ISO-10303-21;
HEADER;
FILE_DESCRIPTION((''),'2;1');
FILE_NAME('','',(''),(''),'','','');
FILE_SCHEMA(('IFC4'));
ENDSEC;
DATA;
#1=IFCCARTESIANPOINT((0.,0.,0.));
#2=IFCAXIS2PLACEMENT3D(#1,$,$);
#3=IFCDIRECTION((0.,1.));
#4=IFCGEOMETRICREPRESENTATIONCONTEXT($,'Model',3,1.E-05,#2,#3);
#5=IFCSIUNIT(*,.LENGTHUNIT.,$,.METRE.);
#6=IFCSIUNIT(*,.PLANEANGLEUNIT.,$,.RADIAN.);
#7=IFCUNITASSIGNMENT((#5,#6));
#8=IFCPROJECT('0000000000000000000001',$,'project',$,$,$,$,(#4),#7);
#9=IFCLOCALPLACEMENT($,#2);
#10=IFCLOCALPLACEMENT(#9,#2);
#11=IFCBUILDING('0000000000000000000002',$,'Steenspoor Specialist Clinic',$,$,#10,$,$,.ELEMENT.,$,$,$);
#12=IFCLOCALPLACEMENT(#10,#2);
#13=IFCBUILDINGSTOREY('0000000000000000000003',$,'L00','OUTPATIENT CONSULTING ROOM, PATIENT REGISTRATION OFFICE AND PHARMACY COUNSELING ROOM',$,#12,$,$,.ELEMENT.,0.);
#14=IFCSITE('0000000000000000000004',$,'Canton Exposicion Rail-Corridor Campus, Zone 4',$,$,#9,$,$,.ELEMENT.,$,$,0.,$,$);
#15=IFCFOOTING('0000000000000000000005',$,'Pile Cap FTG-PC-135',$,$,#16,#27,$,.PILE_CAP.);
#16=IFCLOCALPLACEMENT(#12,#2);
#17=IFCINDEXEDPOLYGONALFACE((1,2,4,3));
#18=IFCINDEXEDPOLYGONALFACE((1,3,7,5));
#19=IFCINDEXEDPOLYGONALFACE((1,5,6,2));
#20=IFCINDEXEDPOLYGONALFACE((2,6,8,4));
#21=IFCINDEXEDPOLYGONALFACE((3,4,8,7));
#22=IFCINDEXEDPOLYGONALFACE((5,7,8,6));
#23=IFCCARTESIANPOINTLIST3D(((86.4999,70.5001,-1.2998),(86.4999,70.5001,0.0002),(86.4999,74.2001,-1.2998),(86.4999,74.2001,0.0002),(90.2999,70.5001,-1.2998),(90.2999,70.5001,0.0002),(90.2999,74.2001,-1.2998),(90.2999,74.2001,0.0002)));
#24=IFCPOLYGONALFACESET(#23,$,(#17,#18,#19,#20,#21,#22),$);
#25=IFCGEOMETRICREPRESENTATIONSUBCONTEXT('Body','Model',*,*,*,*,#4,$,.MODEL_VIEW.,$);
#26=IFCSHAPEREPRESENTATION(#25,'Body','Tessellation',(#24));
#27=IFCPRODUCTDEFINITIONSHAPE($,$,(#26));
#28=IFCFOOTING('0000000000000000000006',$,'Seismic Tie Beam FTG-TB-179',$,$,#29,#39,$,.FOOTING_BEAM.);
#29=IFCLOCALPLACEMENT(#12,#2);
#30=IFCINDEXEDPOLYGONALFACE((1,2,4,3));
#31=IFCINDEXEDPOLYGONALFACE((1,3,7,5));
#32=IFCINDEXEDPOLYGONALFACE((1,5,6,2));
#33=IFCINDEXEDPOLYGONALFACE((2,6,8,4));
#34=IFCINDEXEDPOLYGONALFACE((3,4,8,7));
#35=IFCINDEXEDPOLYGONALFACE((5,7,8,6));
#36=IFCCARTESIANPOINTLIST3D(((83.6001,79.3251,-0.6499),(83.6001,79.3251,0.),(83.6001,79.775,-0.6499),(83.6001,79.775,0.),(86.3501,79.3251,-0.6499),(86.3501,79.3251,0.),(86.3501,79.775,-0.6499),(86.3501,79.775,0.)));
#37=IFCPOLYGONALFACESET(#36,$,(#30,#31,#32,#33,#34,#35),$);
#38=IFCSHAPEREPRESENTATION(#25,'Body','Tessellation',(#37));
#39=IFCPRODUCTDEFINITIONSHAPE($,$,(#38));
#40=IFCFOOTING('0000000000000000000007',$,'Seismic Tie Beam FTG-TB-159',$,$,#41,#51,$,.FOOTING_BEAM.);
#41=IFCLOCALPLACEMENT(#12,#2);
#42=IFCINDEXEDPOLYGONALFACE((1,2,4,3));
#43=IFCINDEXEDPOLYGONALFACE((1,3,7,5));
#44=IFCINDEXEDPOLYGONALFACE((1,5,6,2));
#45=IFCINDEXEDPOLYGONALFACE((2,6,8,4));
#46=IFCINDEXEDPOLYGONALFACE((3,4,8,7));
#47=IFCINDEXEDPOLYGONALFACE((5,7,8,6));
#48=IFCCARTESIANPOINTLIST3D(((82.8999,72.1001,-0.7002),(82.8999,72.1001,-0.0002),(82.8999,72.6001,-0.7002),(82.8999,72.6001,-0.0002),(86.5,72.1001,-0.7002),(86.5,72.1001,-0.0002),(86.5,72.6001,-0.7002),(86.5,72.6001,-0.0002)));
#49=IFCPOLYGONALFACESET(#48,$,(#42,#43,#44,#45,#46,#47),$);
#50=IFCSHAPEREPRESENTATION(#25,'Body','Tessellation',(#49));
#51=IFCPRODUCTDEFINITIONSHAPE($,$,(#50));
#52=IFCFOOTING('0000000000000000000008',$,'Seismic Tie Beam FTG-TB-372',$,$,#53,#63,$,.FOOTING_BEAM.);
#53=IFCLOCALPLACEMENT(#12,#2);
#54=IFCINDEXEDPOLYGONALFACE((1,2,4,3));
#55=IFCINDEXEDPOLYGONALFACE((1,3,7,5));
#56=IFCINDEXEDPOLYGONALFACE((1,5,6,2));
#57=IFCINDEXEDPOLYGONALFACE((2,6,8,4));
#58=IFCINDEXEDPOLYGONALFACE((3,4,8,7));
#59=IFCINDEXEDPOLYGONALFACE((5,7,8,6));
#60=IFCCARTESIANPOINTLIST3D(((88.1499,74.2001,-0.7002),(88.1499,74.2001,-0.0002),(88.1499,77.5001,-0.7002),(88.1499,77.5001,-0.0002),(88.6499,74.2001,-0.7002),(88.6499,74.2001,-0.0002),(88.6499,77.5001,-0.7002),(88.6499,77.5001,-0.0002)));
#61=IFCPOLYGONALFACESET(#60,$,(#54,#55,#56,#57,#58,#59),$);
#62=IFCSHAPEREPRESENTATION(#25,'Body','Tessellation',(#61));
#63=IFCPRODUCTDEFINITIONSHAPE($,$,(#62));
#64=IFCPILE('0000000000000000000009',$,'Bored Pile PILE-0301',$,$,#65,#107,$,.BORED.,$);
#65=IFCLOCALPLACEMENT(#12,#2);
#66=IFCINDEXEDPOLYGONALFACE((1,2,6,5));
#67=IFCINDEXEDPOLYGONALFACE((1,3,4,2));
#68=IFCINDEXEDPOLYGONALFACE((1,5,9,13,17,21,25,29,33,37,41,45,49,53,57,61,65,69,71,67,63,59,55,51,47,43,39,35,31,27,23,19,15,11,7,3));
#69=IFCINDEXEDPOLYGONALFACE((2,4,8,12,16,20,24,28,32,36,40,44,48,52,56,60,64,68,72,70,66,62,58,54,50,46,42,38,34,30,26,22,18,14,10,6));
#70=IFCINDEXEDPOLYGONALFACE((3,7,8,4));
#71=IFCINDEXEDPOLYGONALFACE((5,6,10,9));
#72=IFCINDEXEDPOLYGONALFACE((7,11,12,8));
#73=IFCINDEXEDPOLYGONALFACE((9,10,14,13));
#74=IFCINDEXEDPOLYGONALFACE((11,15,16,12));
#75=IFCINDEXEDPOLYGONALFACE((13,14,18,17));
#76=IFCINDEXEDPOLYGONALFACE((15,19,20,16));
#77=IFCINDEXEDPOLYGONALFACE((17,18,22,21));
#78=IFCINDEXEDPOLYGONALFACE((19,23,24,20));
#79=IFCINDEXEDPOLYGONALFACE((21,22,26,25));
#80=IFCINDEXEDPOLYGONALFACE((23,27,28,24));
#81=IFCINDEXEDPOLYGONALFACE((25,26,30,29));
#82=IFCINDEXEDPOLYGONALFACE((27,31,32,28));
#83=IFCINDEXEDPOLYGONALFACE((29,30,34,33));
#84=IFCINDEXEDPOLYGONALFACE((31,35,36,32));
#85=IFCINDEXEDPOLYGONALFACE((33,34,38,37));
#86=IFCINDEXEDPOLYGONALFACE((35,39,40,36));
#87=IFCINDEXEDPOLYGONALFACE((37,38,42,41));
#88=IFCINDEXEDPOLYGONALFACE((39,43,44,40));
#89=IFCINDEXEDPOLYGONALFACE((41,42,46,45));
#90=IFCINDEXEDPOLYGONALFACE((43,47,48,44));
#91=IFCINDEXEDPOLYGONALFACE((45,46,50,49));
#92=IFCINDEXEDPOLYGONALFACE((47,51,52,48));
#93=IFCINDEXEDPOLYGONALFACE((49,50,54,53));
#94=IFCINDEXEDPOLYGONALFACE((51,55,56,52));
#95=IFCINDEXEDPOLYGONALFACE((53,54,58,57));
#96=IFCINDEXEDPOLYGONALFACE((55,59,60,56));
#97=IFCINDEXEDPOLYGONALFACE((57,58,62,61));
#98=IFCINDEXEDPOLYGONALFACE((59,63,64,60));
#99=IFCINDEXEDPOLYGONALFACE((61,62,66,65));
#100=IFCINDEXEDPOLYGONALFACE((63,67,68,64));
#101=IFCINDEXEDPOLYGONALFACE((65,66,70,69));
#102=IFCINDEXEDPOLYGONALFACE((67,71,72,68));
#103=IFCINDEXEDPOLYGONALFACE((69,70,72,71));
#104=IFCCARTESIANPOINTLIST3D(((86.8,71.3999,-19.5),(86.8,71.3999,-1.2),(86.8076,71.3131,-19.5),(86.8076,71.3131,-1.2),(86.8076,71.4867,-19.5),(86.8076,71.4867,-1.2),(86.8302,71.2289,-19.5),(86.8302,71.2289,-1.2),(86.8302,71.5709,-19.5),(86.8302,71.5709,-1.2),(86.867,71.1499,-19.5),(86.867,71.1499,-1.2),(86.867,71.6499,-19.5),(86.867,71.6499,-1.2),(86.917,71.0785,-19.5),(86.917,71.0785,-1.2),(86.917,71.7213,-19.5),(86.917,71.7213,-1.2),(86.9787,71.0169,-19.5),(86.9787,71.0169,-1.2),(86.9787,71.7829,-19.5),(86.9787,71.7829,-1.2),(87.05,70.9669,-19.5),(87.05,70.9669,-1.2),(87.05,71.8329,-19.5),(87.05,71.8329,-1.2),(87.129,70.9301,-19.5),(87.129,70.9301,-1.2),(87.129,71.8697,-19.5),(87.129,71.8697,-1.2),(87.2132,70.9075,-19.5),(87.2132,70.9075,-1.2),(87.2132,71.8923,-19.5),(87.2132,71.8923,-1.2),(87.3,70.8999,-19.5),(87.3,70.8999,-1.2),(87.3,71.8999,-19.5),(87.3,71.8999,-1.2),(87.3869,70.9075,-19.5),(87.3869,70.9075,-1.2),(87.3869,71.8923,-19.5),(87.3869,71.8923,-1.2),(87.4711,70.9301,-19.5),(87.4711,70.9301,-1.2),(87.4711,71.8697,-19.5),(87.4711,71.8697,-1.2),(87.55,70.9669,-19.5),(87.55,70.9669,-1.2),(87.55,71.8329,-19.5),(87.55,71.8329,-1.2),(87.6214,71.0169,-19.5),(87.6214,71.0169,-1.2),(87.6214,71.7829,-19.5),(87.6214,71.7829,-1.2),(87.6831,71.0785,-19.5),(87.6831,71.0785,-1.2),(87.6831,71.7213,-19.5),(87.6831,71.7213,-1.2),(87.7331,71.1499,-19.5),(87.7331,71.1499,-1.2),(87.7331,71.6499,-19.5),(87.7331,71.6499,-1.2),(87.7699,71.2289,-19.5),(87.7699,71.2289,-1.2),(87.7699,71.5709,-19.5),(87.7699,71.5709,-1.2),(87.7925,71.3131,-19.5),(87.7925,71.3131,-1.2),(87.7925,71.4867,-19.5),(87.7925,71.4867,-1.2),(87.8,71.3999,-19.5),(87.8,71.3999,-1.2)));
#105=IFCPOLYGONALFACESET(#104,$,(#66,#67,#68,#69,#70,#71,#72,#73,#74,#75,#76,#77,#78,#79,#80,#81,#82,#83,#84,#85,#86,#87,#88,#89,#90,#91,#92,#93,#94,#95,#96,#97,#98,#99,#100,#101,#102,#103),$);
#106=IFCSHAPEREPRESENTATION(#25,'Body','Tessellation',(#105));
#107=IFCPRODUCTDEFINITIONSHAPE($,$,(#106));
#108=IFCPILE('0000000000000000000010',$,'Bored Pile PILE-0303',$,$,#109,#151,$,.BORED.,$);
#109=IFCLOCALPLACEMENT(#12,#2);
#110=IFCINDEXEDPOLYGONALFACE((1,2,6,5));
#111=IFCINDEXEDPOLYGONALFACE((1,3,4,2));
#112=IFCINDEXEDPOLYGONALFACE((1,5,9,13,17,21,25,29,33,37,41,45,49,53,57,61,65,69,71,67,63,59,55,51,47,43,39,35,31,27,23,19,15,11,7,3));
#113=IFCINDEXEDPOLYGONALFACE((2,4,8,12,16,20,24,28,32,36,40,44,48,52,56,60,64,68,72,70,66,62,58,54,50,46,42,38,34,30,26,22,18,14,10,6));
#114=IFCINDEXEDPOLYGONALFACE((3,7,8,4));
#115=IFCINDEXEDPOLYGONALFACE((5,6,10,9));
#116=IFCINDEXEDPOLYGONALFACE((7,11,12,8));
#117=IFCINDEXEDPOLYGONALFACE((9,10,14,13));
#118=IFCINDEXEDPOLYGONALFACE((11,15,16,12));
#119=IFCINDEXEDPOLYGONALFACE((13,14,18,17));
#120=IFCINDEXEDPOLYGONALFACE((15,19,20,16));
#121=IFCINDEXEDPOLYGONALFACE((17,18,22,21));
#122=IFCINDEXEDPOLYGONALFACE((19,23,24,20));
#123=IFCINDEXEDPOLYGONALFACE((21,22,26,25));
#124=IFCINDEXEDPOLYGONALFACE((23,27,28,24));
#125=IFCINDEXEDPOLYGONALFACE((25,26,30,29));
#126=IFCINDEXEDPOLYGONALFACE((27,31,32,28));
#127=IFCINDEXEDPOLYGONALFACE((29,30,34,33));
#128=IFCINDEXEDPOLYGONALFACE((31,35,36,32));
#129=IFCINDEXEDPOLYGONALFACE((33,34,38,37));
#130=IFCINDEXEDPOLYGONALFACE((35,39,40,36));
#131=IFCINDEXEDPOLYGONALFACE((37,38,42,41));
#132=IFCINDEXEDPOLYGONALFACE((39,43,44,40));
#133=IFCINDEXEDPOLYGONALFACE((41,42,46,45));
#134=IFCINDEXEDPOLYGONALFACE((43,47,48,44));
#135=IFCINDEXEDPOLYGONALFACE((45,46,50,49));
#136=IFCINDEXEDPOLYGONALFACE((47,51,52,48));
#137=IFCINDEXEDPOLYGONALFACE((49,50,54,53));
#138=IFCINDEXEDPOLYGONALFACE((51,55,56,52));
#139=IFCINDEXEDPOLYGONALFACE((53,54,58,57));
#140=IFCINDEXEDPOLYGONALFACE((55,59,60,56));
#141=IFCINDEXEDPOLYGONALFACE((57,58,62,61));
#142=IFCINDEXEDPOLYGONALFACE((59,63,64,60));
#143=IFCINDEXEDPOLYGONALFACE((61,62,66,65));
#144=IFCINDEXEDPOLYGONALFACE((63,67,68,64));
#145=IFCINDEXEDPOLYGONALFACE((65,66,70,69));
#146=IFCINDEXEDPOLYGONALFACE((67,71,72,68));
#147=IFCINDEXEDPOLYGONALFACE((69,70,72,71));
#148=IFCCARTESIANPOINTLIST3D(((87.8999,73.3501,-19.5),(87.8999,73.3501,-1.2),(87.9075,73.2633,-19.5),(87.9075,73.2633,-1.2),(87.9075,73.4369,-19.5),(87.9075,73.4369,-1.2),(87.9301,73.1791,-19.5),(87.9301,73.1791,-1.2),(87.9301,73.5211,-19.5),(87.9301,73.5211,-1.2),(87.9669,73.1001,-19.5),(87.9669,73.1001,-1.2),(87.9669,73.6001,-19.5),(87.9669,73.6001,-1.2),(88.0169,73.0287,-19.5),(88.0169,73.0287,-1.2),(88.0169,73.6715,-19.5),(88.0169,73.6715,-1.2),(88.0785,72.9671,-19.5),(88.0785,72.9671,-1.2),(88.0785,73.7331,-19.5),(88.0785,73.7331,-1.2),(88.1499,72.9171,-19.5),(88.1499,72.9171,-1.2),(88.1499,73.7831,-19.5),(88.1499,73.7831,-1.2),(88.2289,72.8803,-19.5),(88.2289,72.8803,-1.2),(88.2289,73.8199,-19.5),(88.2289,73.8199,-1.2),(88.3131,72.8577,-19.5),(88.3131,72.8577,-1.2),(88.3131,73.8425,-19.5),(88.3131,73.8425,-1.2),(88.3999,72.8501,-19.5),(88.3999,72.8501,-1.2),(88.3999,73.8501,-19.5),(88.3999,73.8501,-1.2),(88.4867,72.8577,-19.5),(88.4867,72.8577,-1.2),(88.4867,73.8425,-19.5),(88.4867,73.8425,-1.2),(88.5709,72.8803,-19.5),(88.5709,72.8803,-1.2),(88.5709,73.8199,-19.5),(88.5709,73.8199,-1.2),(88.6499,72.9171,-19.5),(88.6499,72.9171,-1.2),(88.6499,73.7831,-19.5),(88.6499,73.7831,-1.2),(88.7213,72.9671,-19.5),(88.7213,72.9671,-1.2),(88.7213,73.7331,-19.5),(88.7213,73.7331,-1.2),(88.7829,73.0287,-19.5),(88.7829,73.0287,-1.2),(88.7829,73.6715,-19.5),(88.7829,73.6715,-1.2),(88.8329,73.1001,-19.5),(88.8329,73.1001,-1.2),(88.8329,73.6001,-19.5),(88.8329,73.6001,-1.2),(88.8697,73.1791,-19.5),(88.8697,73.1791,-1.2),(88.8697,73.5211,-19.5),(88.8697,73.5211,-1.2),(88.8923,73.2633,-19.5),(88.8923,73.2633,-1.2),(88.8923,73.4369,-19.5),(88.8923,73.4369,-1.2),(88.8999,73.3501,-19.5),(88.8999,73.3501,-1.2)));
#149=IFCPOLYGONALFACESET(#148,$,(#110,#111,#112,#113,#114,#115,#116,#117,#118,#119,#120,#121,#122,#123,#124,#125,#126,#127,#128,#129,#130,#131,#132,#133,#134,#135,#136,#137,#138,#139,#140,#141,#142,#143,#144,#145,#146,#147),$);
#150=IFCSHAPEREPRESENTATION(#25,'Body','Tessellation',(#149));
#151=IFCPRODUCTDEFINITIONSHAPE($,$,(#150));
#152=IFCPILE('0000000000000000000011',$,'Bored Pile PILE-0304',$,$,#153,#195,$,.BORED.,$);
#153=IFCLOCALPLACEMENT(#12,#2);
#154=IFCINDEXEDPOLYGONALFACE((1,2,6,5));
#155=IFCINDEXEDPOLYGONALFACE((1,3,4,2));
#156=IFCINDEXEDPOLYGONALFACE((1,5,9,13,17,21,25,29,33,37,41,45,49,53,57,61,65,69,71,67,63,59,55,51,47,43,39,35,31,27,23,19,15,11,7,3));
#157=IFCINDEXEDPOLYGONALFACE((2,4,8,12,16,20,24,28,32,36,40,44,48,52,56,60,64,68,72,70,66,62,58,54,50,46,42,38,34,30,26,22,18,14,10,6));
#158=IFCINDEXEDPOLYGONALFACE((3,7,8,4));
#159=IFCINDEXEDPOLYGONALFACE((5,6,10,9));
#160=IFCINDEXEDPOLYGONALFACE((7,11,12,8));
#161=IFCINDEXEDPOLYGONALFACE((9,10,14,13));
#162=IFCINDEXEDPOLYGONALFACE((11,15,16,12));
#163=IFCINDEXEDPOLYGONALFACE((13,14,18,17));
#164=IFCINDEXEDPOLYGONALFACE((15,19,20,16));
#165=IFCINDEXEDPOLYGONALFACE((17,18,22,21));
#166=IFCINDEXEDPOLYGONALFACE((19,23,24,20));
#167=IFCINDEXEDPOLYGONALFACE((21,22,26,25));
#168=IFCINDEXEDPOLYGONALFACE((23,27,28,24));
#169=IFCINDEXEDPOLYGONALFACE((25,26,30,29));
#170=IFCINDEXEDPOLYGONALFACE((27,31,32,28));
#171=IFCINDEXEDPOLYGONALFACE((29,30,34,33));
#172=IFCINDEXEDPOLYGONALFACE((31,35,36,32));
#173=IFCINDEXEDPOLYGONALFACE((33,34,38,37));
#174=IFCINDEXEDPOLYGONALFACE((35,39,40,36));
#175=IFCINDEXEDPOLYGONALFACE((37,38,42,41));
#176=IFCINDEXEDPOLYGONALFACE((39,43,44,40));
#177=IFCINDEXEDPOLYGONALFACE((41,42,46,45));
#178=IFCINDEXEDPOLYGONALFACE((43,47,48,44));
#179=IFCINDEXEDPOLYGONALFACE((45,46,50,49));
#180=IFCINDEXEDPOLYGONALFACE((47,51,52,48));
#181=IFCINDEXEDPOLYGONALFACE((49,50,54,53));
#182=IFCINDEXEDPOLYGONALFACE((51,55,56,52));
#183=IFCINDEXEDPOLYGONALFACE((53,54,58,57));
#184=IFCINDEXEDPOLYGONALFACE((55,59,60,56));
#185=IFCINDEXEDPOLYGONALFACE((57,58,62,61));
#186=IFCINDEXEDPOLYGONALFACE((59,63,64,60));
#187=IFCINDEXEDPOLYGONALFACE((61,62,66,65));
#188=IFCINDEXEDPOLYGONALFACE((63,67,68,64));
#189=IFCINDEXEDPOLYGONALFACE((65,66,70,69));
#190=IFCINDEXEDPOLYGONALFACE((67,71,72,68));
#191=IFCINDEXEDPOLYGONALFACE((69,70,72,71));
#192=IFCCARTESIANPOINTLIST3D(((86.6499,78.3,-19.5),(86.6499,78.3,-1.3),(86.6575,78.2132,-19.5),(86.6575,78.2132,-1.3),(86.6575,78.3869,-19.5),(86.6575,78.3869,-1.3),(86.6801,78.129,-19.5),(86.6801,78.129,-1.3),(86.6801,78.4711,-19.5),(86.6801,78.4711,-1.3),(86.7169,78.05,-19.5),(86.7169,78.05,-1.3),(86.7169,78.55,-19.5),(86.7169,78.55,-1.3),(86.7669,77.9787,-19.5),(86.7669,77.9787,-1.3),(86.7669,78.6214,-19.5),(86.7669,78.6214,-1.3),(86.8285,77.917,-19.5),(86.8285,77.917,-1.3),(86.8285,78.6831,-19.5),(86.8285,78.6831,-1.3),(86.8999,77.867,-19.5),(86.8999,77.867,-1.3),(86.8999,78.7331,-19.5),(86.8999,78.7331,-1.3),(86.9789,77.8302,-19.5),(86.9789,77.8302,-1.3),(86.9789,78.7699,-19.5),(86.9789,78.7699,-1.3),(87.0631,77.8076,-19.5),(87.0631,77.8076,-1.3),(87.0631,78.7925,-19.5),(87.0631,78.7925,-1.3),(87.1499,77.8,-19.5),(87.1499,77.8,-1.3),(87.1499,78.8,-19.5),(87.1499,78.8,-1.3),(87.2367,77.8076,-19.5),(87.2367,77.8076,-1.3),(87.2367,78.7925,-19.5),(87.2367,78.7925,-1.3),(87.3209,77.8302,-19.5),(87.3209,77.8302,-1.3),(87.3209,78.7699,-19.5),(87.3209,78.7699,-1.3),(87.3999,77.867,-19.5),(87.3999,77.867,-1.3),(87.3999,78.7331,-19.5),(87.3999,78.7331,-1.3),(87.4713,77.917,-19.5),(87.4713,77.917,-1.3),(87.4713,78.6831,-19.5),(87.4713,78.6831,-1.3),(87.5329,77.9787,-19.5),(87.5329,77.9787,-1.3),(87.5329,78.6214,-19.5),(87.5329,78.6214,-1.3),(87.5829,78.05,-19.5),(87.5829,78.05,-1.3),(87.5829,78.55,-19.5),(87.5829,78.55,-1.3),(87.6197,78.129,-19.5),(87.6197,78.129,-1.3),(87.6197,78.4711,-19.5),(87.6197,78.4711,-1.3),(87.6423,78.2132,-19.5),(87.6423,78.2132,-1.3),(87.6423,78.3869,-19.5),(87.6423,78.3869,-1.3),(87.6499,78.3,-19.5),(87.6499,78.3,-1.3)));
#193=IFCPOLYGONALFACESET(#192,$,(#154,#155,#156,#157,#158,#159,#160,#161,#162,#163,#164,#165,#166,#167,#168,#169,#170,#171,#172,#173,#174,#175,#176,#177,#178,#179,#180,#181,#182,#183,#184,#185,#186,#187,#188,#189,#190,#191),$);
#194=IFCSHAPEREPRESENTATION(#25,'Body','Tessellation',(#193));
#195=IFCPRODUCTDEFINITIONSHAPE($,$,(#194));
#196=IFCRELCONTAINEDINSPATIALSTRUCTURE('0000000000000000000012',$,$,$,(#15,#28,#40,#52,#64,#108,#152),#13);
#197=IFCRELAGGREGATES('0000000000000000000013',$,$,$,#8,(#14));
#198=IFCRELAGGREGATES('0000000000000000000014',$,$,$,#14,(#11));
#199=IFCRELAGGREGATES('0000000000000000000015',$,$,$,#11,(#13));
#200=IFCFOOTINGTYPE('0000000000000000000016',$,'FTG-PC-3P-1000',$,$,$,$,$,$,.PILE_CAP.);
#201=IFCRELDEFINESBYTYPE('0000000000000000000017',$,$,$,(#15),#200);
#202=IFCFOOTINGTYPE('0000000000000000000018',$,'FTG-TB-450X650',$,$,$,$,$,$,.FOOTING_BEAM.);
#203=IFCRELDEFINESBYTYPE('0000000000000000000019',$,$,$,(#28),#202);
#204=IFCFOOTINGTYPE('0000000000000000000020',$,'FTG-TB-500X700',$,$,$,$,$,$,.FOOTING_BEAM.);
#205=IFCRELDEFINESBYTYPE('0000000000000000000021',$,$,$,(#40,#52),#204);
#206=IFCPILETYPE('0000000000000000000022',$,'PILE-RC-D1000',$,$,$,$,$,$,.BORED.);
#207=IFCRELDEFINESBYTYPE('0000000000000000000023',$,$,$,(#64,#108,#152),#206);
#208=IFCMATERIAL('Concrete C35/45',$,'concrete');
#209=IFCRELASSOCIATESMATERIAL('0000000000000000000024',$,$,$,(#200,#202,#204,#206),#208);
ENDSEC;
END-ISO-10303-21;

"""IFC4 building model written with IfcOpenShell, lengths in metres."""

from ifc_helpers import new_model, si_unit, direction, frame, origin, origin_2d, place, context, subcontext, project, spatial, rectangle, circle, extrude, material, material_profile, profile_set, type_object, element, save


model = new_model("IFC4")

# Units and contexts
model_context = context("Model", 3, precision=1e-05, world=origin(), true_north=direction((0.0, 1.0)))
body_context = subcontext(model_context, "Body", "Model", "MODEL_VIEW")
ifc_project = project(units=[si_unit("LENGTHUNIT", "METRE"), si_unit("PLANEANGLEUNIT", "RADIAN")], contexts=[model_context])

# Site, building, storey
site_placement = place(None, origin())
site = spatial("IfcSite", under=ifc_project, at=site_placement, Name="Canton Exposicion Rail-Corridor Campus, Zone 4", CompositionType="ELEMENT", RefElevation=0.0)
building_placement = place(site_placement, origin())
building = spatial("IfcBuilding", under=site, at=building_placement, Name="Steenspoor Specialist Clinic", CompositionType="ELEMENT")
storey_placement = place(building_placement, origin())
storey = spatial("IfcBuildingStorey", under=building, at=storey_placement, Name="L00", Description="OUTPATIENT CONSULTING ROOM, PATIENT REGISTRATION OFFICE AND PHARMACY COUNSELING ROOM", CompositionType="ELEMENT", Elevation=0.0)

# Footings
ifc_material_1 = material(Name="Concrete C35/45", Category="concrete")
footing_type_1 = type_object("IfcFootingType", Name="FTG-PC-3P-1000", PredefinedType="PILE_CAP", material=ifc_material_1)
footing_1_placement = place(storey_placement, frame((88.3999, 72.3501, -1.2998), z_axis=(0.0, 0.0, 1.0), x_axis=(1.0, 0.0, 0.0)))
element("IfcFooting", 1, at=footing_1_placement, inside=storey, type_object=footing_type_1, Name="Pile Cap FTG-PC-135", PredefinedType="PILE_CAP", context=body_context, shape_type="SweptSolid", body=[
    extrude(rectangle(XDim=3.8, YDim=3.7, at=origin_2d()), origin(), (0.0, 0.0, 1.0), 1.3),
])
footing_type_2 = type_object("IfcFootingType", Name="FTG-TB-450X650", PredefinedType="FOOTING_BEAM", material=ifc_material_1)
footing_2_placement = place(storey_placement, frame((84.9751, 79.55, -0.6499), z_axis=(0.0, 0.0, 1.0), x_axis=(1.0, 0.0, 0.0)))
element("IfcFooting", 2, at=footing_2_placement, inside=storey, type_object=footing_type_2, Name="Seismic Tie Beam FTG-TB-179", PredefinedType="FOOTING_BEAM", context=body_context, shape_type="SweptSolid", body=[
    extrude(rectangle(XDim=2.75, YDim=0.45, at=origin_2d()), origin(), (0.0, 0.0, 1.0), 0.6499),
])
footing_type_3 = type_object("IfcFootingType", Name="FTG-TB-500X700", PredefinedType="FOOTING_BEAM", material=ifc_material_1)
footing_3_placement = place(storey_placement, frame((84.7, 72.3501, -0.7002), z_axis=(0.0, 0.0, 1.0), x_axis=(1.0, 0.0, 0.0)))
element("IfcFooting", 3, at=footing_3_placement, inside=storey, type_object=footing_type_3, Name="Seismic Tie Beam FTG-TB-159", PredefinedType="FOOTING_BEAM", context=body_context, shape_type="SweptSolid", body=[
    extrude(rectangle(XDim=3.6001, YDim=0.5, at=origin_2d()), origin(), (0.0, 0.0, 1.0), 0.7),
])
footing_4_placement = place(storey_placement, frame((88.3999, 75.8501, -0.7002), z_axis=(0.0, 0.0, 1.0), x_axis=(1.0, 0.0, 0.0)))
element("IfcFooting", 4, at=footing_4_placement, inside=storey, type_object=footing_type_3, Name="Seismic Tie Beam FTG-TB-372", PredefinedType="FOOTING_BEAM", context=body_context, shape_type="SweptSolid", body=[
    extrude(rectangle(XDim=0.5, YDim=3.3, at=origin_2d()), origin(), (0.0, 0.0, 1.0), 0.7),
])

# Piles
ifc_material_profile_1 = material_profile(ifc_material_1, circle(Radius=0.5, at=origin_2d()), Name="PILE-D1000")
ifc_profile_set_1 = profile_set([ifc_material_profile_1], Name="Concrete C35/45")
pile_type_1 = type_object("IfcPileType", Name="PILE-RC-D1000", PredefinedType="BORED", material=ifc_profile_set_1)
for number, where, z_axis, x_axis, name in (
    (5, (87.3, 71.3999, -1.2), (0.0, 0.0, -1.0), (1.0, 0.0, 0.0), "Bored Pile PILE-0301"),
    (6, (88.3999, 73.3501, -1.2), (0.0, 0.0, -1.0), (1.0, 0.0, 0.0), "Bored Pile PILE-0303"),
):
    element("IfcPile", number, at=place(storey_placement, frame(where, z_axis=z_axis, x_axis=x_axis)), inside=storey, type_object=pile_type_1, Name=name, PredefinedType="BORED", context=body_context, shape_type="SweptSolid", body=[
        extrude(circle(Radius=0.5, at=origin_2d()), origin(), (0.0, 0.0, 1.0), 18.3),
    ])
pile_1_placement = place(storey_placement, frame((87.1499, 78.3, -1.3), z_axis=(0.0, 0.0, -1.0), x_axis=(1.0, 0.0, 0.0)))
element("IfcPile", 7, at=pile_1_placement, inside=storey, type_object=pile_type_1, Name="Bored Pile PILE-0304", PredefinedType="BORED", context=body_context, shape_type="SweptSolid", body=[
    extrude(circle(Radius=0.5, at=origin_2d()), origin(), (0.0, 0.0, 1.0), 18.2),
])

save(model, "model.ifc")
